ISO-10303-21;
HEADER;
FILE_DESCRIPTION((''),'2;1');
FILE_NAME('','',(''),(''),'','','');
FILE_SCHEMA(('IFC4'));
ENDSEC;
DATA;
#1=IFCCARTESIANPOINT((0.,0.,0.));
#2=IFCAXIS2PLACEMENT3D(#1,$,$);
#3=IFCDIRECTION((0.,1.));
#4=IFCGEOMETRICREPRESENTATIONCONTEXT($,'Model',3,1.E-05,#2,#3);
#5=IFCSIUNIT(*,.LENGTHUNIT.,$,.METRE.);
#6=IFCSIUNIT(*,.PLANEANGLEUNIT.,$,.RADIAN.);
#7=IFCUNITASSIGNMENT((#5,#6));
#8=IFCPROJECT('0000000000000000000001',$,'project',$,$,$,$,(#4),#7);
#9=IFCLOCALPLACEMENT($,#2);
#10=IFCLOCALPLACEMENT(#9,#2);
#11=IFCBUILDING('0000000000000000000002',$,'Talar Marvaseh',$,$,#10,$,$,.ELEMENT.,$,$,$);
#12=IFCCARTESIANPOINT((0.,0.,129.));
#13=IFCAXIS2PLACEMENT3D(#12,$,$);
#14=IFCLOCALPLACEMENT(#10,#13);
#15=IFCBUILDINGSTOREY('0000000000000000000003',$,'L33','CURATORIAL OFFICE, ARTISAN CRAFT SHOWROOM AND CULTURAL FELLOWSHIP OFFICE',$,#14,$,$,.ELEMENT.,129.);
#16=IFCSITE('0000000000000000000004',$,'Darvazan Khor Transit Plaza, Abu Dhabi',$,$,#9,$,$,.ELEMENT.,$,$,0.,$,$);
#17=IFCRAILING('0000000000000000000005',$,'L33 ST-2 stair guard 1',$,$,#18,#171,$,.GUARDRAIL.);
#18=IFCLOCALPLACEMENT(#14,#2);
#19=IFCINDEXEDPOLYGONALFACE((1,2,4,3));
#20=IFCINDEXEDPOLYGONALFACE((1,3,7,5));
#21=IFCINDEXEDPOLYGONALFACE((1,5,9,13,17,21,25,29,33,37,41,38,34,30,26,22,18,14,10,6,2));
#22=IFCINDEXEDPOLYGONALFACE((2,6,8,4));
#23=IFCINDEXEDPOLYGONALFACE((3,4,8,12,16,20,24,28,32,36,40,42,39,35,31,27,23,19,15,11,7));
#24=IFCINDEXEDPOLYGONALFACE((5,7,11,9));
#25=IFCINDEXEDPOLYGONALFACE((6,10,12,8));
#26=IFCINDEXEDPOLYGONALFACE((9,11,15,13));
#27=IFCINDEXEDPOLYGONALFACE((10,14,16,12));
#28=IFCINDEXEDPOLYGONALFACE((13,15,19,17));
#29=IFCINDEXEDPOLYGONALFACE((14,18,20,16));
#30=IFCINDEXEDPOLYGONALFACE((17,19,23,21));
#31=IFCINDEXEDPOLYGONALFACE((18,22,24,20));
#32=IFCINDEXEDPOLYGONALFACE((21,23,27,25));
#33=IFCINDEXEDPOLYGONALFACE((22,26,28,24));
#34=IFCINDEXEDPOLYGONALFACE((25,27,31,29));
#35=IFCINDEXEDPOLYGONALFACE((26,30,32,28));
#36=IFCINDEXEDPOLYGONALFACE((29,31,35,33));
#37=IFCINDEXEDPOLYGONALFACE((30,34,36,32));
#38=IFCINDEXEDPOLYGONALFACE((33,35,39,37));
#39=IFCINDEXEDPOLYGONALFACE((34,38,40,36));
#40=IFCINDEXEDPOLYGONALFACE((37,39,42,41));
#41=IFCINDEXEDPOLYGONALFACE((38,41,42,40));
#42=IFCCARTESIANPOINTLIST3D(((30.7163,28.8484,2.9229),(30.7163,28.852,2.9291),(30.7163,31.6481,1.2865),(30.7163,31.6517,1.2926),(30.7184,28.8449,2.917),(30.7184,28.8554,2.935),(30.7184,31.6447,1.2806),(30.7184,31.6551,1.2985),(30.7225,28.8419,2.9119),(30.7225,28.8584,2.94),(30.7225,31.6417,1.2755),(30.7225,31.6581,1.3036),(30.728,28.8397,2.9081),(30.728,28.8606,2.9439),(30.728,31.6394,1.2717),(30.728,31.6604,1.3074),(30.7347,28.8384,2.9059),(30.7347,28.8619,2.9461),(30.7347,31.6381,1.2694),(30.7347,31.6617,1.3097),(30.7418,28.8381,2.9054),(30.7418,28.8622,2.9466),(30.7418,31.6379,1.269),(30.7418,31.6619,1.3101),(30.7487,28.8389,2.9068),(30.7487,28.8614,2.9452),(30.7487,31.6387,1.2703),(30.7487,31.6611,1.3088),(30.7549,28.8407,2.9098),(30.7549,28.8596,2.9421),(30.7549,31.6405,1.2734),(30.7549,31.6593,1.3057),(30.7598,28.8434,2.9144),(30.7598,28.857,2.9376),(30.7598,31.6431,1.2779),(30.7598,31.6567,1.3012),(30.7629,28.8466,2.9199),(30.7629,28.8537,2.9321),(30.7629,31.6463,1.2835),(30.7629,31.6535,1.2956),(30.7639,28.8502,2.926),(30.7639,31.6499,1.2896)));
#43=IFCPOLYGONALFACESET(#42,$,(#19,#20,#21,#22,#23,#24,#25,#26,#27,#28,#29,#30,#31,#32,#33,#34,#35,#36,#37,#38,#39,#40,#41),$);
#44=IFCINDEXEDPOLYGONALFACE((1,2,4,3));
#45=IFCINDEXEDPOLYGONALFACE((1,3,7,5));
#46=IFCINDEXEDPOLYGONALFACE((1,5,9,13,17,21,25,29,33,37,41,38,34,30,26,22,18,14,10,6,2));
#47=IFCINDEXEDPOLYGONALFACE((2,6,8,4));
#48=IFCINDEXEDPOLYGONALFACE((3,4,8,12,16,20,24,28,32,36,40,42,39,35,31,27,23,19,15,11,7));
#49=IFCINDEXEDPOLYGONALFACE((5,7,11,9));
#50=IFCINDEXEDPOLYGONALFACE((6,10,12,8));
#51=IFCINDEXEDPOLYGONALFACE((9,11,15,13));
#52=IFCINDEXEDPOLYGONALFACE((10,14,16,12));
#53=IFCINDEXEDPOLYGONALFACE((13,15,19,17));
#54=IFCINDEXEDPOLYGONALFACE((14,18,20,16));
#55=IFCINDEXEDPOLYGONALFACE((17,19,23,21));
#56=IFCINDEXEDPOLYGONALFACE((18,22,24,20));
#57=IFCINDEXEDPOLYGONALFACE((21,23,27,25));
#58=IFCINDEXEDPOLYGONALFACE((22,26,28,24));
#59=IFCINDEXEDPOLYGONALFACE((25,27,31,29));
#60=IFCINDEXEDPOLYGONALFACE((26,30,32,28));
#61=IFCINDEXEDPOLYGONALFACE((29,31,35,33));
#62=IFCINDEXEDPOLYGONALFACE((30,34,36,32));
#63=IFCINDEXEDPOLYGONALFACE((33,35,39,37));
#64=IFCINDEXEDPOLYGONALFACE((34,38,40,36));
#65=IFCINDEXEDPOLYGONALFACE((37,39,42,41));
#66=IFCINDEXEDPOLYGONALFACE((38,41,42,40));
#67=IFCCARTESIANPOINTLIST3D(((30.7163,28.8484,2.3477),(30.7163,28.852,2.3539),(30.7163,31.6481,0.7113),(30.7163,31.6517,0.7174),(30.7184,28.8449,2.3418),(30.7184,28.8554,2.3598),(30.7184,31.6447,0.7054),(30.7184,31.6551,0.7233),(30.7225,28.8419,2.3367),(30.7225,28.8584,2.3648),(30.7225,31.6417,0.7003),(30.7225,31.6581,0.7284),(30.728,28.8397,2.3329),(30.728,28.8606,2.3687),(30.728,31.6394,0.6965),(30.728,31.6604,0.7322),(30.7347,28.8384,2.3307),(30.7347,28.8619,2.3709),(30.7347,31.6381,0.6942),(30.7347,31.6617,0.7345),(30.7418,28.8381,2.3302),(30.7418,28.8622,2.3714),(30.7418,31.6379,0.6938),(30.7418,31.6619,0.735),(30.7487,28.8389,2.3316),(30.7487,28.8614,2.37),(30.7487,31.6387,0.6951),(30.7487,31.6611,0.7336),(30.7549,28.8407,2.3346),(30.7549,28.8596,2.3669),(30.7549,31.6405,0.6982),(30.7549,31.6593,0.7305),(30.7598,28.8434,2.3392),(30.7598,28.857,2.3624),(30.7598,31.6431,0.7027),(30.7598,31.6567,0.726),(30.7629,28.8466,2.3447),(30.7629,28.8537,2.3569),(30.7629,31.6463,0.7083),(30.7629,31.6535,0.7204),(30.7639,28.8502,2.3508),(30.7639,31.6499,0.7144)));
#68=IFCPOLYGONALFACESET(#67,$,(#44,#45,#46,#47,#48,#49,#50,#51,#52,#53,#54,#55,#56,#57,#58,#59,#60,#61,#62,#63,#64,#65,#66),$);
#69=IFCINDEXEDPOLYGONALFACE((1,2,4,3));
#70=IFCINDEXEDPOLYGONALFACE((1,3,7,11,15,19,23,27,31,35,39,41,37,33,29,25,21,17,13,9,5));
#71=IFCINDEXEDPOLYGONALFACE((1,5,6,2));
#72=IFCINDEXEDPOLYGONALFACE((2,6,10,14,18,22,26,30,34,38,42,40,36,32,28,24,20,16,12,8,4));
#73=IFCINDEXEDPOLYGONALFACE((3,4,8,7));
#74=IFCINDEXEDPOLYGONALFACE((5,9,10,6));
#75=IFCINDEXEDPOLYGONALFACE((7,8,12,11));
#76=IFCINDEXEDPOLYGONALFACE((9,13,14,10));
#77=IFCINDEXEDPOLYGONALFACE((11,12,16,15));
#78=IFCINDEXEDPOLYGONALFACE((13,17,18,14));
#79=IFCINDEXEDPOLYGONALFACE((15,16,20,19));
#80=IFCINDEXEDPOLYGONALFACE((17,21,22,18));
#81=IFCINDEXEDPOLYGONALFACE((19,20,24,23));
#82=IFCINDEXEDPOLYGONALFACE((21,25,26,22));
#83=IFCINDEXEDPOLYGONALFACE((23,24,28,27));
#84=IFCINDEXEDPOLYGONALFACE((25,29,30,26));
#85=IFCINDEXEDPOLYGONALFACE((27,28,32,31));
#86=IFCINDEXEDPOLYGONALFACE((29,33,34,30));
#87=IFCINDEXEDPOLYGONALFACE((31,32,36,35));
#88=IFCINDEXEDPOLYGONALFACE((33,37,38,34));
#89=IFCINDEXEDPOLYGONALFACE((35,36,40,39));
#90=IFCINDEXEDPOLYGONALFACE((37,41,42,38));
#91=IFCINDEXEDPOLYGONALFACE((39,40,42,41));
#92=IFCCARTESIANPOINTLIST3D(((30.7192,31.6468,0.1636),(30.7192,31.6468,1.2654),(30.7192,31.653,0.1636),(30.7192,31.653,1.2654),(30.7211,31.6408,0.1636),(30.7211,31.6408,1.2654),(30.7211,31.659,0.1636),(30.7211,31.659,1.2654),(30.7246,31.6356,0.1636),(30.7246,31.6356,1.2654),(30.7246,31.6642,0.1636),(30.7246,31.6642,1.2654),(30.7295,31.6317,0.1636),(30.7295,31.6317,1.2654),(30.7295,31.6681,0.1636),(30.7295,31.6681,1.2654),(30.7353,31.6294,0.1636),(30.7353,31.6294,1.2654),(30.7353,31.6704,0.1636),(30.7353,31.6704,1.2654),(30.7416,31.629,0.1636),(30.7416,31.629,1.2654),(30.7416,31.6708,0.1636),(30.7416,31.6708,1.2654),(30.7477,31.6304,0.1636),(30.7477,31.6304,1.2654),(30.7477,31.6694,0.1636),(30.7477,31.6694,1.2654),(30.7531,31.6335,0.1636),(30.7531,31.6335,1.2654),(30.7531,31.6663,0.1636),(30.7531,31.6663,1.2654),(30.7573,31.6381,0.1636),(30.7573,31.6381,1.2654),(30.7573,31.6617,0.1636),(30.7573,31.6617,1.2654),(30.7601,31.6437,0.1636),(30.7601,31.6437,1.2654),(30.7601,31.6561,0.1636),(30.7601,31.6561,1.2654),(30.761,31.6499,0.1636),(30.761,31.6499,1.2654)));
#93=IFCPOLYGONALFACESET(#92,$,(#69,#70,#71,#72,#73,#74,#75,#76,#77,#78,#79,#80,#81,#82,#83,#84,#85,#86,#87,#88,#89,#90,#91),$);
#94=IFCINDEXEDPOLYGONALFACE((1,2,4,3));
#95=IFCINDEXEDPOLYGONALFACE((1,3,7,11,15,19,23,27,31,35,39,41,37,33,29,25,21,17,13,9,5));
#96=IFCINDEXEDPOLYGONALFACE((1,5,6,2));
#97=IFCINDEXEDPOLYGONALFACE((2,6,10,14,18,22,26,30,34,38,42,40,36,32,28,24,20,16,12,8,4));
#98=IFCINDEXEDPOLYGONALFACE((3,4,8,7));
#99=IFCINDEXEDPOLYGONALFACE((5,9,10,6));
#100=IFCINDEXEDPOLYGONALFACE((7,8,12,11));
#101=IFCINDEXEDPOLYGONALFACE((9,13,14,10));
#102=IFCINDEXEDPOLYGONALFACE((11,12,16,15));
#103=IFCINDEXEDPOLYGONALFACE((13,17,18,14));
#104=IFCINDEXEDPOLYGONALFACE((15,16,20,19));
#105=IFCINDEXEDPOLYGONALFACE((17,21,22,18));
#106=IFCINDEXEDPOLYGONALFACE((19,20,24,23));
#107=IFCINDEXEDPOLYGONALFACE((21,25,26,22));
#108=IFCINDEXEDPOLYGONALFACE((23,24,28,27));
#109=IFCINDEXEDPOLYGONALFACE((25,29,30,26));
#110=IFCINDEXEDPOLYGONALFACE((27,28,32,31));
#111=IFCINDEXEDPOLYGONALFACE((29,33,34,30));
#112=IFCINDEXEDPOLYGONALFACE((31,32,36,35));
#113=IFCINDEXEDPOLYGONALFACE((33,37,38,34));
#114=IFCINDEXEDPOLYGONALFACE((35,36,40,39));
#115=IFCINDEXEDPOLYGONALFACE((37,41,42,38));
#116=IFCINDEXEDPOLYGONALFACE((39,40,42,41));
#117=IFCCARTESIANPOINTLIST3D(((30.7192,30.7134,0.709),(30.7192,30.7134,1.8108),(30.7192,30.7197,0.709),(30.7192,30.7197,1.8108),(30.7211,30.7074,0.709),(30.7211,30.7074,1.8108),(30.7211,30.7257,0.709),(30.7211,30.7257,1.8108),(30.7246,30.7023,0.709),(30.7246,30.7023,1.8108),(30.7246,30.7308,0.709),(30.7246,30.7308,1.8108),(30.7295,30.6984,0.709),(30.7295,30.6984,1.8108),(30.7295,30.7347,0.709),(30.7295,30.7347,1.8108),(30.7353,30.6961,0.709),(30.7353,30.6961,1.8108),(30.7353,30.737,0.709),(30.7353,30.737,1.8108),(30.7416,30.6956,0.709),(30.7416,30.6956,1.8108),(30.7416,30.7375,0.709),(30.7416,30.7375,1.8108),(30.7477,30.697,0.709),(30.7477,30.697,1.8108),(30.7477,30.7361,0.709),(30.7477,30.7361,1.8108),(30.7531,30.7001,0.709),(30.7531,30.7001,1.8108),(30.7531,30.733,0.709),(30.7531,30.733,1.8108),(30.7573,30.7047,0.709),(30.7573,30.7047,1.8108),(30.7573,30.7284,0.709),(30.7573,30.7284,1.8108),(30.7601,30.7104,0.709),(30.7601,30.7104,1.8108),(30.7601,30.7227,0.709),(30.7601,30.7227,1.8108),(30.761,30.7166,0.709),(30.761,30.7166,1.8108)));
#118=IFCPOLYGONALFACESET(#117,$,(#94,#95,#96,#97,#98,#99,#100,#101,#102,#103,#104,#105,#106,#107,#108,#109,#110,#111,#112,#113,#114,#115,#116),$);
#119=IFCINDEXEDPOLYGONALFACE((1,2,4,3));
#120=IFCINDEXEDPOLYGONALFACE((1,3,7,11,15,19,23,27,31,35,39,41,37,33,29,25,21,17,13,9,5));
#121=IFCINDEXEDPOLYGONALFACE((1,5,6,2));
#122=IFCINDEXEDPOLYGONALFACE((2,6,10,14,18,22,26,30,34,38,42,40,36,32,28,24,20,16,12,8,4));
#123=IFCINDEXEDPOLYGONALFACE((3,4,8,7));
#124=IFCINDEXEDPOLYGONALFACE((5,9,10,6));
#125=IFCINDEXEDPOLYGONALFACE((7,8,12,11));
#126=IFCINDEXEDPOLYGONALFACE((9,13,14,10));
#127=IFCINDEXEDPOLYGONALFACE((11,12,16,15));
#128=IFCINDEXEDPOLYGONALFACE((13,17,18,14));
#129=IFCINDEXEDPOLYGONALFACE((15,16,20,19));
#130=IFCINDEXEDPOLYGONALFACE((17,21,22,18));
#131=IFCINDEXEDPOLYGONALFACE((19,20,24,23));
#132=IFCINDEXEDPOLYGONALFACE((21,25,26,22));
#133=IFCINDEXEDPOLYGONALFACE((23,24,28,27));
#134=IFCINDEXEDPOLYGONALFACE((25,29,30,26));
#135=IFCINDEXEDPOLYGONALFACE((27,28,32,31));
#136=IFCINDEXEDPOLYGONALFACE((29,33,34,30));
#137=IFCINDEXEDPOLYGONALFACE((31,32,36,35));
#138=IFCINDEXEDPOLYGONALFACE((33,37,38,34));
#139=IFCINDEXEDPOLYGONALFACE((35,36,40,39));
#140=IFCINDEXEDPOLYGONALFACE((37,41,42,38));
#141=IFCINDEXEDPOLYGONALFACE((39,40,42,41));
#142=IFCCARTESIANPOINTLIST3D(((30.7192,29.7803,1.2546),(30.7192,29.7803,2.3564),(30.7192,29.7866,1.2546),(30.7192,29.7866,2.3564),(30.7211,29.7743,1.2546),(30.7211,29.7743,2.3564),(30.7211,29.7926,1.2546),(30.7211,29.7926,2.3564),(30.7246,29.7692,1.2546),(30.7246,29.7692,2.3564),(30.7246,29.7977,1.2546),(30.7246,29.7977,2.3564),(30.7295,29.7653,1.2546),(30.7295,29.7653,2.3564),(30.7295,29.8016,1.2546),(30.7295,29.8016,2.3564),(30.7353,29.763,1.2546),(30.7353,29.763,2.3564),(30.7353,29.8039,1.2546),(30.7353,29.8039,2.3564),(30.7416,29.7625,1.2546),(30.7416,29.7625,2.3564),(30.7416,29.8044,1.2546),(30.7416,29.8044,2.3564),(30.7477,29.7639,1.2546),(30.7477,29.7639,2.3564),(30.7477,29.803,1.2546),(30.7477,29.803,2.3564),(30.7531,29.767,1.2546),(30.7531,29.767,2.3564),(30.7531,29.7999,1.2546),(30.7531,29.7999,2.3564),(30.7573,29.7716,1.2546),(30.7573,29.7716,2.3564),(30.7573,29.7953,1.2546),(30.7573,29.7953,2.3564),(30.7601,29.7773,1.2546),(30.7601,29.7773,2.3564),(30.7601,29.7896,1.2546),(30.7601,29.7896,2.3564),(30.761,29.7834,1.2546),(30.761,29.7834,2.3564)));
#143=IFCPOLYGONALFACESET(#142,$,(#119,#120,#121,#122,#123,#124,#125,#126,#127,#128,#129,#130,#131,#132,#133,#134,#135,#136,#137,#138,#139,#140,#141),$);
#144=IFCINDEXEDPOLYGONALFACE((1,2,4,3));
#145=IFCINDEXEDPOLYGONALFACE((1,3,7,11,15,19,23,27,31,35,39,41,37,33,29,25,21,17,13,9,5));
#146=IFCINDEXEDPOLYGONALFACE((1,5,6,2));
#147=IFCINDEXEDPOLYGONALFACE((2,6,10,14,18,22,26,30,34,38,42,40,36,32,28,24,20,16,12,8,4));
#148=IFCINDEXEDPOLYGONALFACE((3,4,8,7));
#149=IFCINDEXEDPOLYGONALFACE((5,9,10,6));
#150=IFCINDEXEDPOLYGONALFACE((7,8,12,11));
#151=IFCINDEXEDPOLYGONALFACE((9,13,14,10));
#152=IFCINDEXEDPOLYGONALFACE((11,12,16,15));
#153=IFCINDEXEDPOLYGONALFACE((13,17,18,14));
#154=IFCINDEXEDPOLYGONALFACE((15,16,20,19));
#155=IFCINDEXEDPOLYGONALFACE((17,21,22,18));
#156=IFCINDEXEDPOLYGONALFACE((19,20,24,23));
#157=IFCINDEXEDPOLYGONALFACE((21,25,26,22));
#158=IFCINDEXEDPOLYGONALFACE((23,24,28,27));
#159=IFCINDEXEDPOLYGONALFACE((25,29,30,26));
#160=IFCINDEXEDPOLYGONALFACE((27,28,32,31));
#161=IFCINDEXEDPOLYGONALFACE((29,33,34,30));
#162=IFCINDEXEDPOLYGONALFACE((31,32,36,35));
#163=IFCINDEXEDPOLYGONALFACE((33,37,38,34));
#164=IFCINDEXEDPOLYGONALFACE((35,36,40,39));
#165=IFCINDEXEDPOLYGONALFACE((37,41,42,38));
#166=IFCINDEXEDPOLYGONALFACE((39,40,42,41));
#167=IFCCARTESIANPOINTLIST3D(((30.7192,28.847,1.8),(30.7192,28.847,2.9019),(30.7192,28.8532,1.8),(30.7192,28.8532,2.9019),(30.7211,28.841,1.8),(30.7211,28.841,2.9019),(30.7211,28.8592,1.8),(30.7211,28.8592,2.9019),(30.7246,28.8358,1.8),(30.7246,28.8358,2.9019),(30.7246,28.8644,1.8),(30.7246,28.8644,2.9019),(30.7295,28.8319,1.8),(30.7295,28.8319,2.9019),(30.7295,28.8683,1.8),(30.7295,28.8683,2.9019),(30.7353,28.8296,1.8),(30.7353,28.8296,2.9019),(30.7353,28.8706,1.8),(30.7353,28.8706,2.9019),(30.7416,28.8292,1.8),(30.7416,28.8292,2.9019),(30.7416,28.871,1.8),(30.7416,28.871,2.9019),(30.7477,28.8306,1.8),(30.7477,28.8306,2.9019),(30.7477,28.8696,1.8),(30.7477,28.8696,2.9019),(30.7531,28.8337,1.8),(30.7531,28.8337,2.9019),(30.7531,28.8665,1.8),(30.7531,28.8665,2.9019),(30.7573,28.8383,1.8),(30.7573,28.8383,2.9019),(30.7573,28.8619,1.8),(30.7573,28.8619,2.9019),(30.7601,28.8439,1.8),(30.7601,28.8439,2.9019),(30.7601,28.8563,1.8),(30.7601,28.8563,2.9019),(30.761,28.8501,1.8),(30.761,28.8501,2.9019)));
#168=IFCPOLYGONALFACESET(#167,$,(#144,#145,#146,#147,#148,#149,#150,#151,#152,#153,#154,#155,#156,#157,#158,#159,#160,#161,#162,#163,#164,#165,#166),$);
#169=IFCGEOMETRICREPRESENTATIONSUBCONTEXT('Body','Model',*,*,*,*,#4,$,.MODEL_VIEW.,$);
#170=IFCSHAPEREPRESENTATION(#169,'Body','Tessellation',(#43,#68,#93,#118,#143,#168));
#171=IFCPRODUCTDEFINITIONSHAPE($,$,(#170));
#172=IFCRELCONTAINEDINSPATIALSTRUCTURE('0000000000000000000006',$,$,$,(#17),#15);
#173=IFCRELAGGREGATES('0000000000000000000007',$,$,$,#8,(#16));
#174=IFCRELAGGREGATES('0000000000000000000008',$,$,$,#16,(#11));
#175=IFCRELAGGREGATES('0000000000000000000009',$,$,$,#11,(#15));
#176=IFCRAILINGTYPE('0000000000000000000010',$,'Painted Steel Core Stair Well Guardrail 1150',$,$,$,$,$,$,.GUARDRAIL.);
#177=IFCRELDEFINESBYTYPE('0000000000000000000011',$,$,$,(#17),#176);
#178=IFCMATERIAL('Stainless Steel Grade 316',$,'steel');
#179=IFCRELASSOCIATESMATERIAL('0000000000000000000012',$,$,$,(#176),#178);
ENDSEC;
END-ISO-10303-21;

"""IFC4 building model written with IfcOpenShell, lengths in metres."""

from ifc_helpers import new_model, si_unit, direction, frame, origin, origin_2d, place, context, subcontext, project, spatial, circle, extrude, material, type_object, element, save


model = new_model("IFC4")

# Units and contexts
model_context = context("Model", 3, precision=1e-05, world=origin(), true_north=direction((0.0, 1.0)))
body_context = subcontext(model_context, "Body", "Model", "MODEL_VIEW")
ifc_project = project(units=[si_unit("LENGTHUNIT", "METRE"), si_unit("PLANEANGLEUNIT", "RADIAN")], contexts=[model_context])

# Site, building, storey
site_placement = place(None, origin())
site = spatial("IfcSite", under=ifc_project, at=site_placement, Name="Darvazan Khor Transit Plaza, Abu Dhabi", CompositionType="ELEMENT", RefElevation=0.0)
building_placement = place(site_placement, origin())
building = spatial("IfcBuilding", under=site, at=building_placement, Name="Talar Marvaseh", CompositionType="ELEMENT")
storey_placement = place(building_placement, frame((0.0, 0.0, 129.0)))
storey = spatial("IfcBuildingStorey", under=building, at=storey_placement, Name="L33", Description="CURATORIAL OFFICE, ARTISAN CRAFT SHOWROOM AND CULTURAL FELLOWSHIP OFFICE", CompositionType="ELEMENT", Elevation=129.0)

# Shared definitions
ifc_material_1 = material(Name="Stainless Steel Grade 316", Category="steel")

# Railing
railing_type_1 = type_object("IfcRailingType", Name="Painted Steel Core Stair Well Guardrail 1150", PredefinedType="GUARDRAIL", material=ifc_material_1)
railing_1_placement = place(storey_placement, frame((30.74, 31.6499, 0.1636)))
element("IfcRailing", 1, at=railing_1_placement, inside=storey, type_object=railing_type_1, Name="L33 ST-2 stair guard 1", PredefinedType="GUARDRAIL", context=body_context, shape_type="SweptSolid", body=[
    extrude(circle(Radius=0.0239, at=origin_2d()), frame((0.0, 0.0, 1.126), z_axis=(0.0, -0.863342, 0.50462), x_axis=(1.0, 0.0, 0.0)), (0.0, 0.0, 1.0), 3.2429),
    extrude(circle(Radius=0.0239, at=origin_2d()), frame((0.0, 0.0, 0.5508), z_axis=(0.0, -0.863342, 0.50462), x_axis=(1.0, 0.0, 0.0)), (0.0, 0.0, 1.0), 3.2429),
    extrude(circle(Radius=0.021, at=origin_2d()), origin(), (0.0, 0.0, 1.0), 1.1018),
    extrude(circle(Radius=0.021, at=origin_2d()), frame((0.0, -0.9333, 0.5454)), (0.0, 0.0, 1.0), 1.1018),
    extrude(circle(Radius=0.021, at=origin_2d()), frame((0.0, -1.8665, 1.0911)), (0.0, 0.0, 1.0), 1.1018),
    extrude(circle(Radius=0.021, at=origin_2d()), frame((0.0, -2.7998, 1.6365)), (0.0, 0.0, 1.0), 1.1018),
])

save(model, "model.ifc")
